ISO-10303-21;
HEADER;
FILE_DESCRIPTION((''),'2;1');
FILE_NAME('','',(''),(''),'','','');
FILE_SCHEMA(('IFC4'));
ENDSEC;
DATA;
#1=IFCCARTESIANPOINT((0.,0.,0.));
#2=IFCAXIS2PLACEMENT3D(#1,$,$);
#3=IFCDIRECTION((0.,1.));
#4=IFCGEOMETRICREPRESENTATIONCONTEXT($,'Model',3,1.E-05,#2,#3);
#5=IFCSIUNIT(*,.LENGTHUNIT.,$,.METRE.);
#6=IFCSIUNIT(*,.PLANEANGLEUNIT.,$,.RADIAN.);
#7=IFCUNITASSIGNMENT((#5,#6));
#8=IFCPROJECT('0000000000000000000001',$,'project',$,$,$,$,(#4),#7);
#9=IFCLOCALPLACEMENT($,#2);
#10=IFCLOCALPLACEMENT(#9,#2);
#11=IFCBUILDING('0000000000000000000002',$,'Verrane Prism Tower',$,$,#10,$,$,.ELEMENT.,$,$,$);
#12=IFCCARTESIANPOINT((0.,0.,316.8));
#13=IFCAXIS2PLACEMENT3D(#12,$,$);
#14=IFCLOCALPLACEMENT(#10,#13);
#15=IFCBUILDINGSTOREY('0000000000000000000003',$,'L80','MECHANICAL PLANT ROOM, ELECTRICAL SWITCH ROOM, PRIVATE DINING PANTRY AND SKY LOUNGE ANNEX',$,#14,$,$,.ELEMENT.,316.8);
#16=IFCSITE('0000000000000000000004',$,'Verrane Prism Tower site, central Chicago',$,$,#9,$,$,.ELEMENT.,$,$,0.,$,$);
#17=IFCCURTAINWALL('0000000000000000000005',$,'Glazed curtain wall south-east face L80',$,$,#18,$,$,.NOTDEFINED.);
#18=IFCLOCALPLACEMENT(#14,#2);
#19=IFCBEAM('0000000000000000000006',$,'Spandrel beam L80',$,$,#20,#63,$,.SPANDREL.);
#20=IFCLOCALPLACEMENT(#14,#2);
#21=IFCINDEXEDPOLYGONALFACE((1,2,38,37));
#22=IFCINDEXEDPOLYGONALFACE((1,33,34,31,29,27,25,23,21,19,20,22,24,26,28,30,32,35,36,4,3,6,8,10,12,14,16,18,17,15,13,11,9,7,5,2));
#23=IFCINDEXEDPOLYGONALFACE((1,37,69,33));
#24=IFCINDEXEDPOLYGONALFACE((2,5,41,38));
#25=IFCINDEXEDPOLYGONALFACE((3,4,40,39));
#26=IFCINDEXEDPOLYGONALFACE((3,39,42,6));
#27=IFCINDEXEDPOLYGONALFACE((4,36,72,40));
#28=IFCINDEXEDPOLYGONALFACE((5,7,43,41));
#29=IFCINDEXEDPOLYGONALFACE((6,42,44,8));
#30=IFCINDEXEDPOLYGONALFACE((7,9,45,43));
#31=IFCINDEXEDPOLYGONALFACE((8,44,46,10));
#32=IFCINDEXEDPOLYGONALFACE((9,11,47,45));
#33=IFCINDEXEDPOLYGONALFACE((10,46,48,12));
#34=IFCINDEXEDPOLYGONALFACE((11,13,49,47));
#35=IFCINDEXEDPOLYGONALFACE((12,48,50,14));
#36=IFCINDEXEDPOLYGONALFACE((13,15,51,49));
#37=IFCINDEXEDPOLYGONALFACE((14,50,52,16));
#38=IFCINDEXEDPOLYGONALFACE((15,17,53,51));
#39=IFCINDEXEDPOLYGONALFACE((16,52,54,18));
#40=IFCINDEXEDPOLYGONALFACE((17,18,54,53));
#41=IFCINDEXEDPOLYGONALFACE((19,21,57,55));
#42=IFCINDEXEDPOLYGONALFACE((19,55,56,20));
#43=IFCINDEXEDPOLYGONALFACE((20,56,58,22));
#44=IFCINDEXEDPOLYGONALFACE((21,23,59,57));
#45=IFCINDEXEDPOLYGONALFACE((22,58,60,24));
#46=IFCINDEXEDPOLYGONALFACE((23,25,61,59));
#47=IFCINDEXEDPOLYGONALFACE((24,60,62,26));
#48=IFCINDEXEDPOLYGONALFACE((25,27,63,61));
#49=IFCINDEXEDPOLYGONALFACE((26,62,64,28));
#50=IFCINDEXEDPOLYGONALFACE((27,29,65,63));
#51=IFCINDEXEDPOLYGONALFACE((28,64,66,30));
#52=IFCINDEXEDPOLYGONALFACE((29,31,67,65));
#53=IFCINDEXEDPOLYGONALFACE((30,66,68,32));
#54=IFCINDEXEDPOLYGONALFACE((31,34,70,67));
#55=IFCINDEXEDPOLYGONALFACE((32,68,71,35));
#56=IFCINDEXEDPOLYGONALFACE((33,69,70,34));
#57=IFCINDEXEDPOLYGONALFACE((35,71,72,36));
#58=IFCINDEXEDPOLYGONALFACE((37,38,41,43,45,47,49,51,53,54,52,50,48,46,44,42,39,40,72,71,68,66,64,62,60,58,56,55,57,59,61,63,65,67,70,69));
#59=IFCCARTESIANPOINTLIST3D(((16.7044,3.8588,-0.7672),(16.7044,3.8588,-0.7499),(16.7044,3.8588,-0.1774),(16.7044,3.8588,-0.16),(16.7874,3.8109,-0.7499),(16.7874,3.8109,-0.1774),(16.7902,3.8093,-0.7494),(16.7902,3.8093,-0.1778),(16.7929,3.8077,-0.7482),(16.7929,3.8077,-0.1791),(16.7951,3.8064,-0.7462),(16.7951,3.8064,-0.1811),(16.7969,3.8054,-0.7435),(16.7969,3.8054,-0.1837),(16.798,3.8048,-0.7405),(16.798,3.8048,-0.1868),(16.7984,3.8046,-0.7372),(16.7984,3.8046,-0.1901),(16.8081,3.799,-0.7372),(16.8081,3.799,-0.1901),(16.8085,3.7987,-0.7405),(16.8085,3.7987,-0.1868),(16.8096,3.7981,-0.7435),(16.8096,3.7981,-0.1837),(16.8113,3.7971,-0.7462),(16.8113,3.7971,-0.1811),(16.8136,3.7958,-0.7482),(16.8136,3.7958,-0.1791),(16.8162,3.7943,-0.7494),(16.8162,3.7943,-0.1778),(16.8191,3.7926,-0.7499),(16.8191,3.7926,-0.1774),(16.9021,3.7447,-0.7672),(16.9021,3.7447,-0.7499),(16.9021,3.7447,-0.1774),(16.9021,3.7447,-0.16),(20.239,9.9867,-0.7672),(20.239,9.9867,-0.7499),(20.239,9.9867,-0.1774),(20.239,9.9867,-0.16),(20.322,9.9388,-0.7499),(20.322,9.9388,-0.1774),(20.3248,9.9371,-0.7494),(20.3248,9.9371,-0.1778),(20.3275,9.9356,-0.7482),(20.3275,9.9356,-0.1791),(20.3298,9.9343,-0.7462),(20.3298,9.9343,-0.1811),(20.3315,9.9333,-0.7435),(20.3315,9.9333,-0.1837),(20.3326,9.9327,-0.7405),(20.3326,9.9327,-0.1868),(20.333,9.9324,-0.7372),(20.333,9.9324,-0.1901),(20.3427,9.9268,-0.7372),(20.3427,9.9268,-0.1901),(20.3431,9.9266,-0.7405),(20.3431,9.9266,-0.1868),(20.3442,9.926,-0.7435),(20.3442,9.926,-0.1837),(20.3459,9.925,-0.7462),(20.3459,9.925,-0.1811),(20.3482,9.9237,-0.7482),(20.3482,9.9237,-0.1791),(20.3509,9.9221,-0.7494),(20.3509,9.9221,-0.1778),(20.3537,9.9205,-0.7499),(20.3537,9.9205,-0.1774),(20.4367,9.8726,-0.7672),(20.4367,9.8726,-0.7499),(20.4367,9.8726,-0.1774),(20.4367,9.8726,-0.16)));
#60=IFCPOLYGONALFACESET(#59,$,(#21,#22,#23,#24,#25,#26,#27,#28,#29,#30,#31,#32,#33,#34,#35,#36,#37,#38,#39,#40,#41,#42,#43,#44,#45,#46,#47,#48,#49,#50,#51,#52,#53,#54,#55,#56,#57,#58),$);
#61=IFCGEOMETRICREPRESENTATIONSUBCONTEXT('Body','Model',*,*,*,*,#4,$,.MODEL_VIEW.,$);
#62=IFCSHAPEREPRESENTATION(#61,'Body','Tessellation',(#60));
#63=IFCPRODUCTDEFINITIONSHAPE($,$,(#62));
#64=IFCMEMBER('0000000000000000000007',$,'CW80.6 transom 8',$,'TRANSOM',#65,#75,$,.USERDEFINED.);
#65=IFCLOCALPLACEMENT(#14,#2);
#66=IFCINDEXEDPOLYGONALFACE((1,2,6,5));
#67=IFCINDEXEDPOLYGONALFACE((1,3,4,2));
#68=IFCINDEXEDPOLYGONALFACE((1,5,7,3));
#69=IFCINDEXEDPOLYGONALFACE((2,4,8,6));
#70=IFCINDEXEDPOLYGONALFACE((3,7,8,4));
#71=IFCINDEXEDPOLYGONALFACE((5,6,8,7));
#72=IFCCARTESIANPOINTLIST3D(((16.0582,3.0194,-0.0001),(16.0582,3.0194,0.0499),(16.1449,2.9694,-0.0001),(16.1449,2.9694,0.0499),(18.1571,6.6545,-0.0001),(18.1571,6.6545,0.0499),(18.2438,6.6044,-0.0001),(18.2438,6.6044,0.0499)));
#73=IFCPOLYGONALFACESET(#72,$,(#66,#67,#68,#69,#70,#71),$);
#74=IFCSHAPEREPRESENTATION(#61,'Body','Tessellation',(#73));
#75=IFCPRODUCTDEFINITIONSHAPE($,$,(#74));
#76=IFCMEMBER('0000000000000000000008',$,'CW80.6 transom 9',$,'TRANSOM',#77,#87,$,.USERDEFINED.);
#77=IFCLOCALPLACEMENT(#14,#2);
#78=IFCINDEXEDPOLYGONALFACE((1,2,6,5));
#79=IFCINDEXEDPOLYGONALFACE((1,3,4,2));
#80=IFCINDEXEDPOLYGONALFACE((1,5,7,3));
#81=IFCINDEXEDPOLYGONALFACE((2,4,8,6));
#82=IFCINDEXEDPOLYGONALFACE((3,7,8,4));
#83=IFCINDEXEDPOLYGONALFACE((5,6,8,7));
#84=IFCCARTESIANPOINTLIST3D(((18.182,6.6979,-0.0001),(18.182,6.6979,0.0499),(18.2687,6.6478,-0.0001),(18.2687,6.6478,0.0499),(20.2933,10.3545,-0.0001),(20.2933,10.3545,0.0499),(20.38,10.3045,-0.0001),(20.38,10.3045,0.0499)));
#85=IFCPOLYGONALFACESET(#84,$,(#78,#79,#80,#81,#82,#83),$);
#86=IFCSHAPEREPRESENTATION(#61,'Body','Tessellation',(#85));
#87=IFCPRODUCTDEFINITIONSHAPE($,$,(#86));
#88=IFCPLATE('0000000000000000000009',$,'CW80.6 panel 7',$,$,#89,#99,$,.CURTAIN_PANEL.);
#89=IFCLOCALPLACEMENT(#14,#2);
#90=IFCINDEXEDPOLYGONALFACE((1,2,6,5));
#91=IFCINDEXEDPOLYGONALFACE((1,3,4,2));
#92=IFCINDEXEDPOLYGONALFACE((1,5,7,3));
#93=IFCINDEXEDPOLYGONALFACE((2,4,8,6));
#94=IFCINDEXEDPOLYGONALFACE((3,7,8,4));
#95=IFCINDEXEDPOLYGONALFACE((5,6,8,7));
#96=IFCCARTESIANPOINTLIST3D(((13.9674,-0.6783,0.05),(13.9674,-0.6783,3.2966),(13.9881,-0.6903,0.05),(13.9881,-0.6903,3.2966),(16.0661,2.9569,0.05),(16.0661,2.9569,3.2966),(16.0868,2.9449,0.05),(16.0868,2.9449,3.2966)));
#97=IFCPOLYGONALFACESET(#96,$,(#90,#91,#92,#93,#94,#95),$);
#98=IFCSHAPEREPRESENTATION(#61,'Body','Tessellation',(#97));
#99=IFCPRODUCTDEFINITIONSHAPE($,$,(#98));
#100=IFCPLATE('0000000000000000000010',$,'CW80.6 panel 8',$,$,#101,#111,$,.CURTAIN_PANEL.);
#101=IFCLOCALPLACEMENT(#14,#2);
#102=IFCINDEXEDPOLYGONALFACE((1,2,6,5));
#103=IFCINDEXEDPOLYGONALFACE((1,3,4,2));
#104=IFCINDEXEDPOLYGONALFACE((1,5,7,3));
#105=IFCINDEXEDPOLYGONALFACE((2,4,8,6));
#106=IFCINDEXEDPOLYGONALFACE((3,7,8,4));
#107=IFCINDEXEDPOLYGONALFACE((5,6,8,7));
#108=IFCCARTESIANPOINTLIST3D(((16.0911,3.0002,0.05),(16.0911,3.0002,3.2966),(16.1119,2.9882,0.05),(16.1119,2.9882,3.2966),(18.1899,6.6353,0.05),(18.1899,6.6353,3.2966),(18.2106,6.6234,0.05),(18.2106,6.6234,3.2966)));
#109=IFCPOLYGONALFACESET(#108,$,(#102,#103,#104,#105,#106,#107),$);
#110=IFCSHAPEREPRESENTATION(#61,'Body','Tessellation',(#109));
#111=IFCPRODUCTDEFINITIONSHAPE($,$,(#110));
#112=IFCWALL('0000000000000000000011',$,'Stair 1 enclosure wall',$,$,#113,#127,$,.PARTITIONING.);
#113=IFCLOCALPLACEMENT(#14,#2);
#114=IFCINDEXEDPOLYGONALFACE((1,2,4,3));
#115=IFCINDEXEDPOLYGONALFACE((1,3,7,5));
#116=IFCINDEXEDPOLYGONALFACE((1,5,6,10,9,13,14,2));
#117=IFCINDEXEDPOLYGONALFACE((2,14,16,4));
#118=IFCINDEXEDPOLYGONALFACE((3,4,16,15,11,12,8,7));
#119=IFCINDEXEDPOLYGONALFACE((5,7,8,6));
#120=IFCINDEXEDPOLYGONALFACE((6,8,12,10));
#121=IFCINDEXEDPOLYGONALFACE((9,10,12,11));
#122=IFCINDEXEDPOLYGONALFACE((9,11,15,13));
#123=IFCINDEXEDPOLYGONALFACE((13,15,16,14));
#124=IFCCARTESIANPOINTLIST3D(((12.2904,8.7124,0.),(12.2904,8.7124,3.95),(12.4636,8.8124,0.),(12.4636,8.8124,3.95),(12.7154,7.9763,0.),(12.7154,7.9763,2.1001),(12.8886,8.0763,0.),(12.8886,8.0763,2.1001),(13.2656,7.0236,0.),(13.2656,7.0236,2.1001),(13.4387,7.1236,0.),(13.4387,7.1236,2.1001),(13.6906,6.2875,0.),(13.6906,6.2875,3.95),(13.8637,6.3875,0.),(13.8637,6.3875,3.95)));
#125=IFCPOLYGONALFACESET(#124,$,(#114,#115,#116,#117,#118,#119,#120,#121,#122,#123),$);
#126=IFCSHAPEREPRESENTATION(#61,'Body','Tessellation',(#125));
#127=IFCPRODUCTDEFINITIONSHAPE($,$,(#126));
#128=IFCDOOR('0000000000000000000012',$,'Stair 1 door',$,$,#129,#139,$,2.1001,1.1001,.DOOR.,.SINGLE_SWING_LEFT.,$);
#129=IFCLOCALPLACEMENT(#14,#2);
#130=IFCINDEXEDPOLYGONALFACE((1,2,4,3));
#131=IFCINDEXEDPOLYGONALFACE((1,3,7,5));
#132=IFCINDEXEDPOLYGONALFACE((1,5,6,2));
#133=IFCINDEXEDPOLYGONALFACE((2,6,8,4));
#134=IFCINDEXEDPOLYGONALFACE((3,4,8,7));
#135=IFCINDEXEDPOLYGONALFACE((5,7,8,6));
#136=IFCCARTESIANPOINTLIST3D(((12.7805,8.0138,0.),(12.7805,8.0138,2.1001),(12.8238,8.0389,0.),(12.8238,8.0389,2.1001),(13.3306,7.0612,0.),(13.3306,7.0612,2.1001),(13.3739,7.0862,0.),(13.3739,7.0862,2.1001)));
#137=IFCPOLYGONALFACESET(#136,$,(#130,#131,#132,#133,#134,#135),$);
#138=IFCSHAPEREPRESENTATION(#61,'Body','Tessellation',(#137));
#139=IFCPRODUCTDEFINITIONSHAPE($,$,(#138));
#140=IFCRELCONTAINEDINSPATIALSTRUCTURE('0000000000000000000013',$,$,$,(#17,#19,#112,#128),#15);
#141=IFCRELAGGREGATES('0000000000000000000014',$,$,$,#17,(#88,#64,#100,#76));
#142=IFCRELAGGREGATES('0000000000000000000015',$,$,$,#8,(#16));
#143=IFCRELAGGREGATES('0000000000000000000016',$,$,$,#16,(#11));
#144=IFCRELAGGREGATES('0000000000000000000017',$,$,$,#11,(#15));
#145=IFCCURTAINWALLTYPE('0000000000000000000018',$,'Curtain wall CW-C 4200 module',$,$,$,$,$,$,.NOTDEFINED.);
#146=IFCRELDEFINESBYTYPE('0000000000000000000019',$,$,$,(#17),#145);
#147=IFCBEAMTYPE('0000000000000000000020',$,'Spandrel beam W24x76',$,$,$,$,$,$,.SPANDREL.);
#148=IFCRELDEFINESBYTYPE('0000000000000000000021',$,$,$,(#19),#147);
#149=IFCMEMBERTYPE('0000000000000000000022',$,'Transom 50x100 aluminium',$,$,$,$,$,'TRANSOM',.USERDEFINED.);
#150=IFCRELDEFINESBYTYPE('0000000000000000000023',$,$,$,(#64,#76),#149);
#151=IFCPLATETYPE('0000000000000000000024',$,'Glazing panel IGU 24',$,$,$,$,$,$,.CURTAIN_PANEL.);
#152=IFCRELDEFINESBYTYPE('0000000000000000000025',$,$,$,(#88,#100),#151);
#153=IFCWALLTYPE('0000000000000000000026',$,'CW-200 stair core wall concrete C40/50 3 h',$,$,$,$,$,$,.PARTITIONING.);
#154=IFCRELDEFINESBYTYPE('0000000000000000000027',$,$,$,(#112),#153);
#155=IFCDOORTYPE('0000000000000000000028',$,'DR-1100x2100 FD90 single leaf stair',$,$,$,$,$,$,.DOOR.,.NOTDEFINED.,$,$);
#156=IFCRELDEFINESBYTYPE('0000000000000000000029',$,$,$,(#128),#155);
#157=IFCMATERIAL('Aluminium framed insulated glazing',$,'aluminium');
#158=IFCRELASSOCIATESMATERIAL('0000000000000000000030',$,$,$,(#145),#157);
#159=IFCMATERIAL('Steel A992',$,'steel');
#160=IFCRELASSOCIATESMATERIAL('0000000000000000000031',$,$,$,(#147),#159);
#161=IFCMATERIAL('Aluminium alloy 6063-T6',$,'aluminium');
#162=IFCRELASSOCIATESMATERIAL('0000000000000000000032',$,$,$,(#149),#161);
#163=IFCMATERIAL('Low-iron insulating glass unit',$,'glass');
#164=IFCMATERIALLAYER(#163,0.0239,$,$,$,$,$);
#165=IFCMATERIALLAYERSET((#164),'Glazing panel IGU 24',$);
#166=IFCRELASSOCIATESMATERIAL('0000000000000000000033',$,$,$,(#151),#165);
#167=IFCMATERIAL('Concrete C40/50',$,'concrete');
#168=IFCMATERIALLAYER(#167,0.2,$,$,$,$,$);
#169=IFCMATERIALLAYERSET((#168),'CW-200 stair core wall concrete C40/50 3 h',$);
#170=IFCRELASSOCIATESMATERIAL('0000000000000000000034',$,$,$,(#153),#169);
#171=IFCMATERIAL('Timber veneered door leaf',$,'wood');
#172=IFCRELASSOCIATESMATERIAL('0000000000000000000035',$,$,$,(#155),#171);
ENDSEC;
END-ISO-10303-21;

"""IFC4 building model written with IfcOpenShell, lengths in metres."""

from ifc_helpers import new_model, si_unit, direction, frame, frame_2d, origin, origin_2d, place, context, subcontext, project, spatial, rectangle, i_section, extrude, material, layer, layer_set, material_profile, profile_set, type_object, element, fill, aggregate, save


model = new_model("IFC4")

# Units and contexts
model_context = context("Model", 3, precision=1e-05, world=origin(), true_north=direction((0.0, 1.0)))
body_context = subcontext(model_context, "Body", "Model", "MODEL_VIEW")
ifc_project = project(units=[si_unit("LENGTHUNIT", "METRE"), si_unit("PLANEANGLEUNIT", "RADIAN")], contexts=[model_context])

# Site, building, storey
site_placement = place(None, origin())
site = spatial("IfcSite", under=ifc_project, at=site_placement, Name="Verrane Prism Tower site, central Chicago", CompositionType="ELEMENT", RefElevation=0.0)
building_placement = place(site_placement, origin())
building = spatial("IfcBuilding", under=site, at=building_placement, Name="Verrane Prism Tower", CompositionType="ELEMENT")
storey_placement = place(building_placement, frame((0.0, 0.0, 316.8)))
storey = spatial("IfcBuildingStorey", under=building, at=storey_placement, Name="L80", Description="MECHANICAL PLANT ROOM, ELECTRICAL SWITCH ROOM, PRIVATE DINING PANTRY AND SKY LOUNGE ANNEX", CompositionType="ELEMENT", Elevation=316.8)

# Curtain wall
ifc_material_1 = material(Name="Aluminium framed insulated glazing", Category="aluminium")
curtain_wall_type = type_object("IfcCurtainWallType", Name="Curtain wall CW-C 4200 module", PredefinedType="NOTDEFINED", material=ifc_material_1)
curtain_wall_placement = place(storey_placement, origin())
curtain_wall = element("IfcCurtainWall", 1, at=curtain_wall_placement, inside=storey, type_object=curtain_wall_type, Name="Glazed curtain wall south-east face L80", PredefinedType="NOTDEFINED")

# Beam
ifc_material_2 = material(Name="Steel A992", Category="steel")
ifc_material_profile_1 = material_profile(ifc_material_2, i_section(OverallWidth=0.2283, OverallDepth=0.6072, WebThickness=0.0112, FlangeThickness=0.0173, FilletRadius=0.0127, at=origin_2d()), Name="W24x76")
ifc_profile_set_1 = profile_set([ifc_material_profile_1], Name="Steel A992")
beam_type_1 = type_object("IfcBeamType", Name="Spandrel beam W24x76", PredefinedType="SPANDREL", material=ifc_profile_set_1)
beam_1_placement = place(storey_placement, frame((16.8032, 3.8018, -0.4636), z_axis=(0.499651, 0.866227, 0.0), x_axis=(-0.866227, 0.499651, 0.0)))
element("IfcBeam", 2, at=beam_1_placement, inside=storey, type_object=beam_type_1, Name="Spandrel beam L80", PredefinedType="SPANDREL", context=body_context, shape_type="SweptSolid", body=[
    extrude(i_section(OverallWidth=0.2283, OverallDepth=0.6072, WebThickness=0.0112, FlangeThickness=0.0173, FilletRadius=0.0127, at=origin_2d()), origin(), (0.0, 0.0, 1.0), 7.0742),
])

# Members
ifc_material_3 = material(Name="Aluminium alloy 6063-T6", Category="aluminium")
ifc_material_profile_2 = material_profile(ifc_material_3, rectangle(XDim=0.1001, YDim=0.05, at=origin_2d()), Name="Transom 50x100 aluminium")
ifc_profile_set_2 = profile_set([ifc_material_profile_2], Name="Aluminium alloy 6063-T6")
member_type_1 = type_object("IfcMemberType", Name="Transom 50x100 aluminium", ElementType="TRANSOM", PredefinedType="USERDEFINED", material=ifc_profile_set_2)
member_1_placement = place(storey_placement, frame((16.1016, 2.9944, 0.0249), z_axis=(0.500036, 0.866004, 0.0), x_axis=(-0.866004, 0.500036, 0.0)))
member_1 = element("IfcMember", 3, at=member_1_placement, type_object=member_type_1, Name="CW80.6 transom 8", ObjectType="TRANSOM", PredefinedType="USERDEFINED", context=body_context, shape_type="SweptSolid", body=[
    extrude(rectangle(XDim=0.1001, YDim=0.05, at=origin_2d()), origin(), (0.0, 0.0, 1.0), 4.1975),
])
member_2_placement = place(storey_placement, frame((18.2253, 6.6729, 0.0249), z_axis=(0.500019, 0.866014, 0.0), x_axis=(-0.866014, 0.500019, 0.0)))
member_2 = element("IfcMember", 4, at=member_2_placement, type_object=member_type_1, Name="CW80.6 transom 9", ObjectType="TRANSOM", PredefinedType="USERDEFINED", context=body_context, shape_type="SweptSolid", body=[
    extrude(rectangle(XDim=0.1001, YDim=0.05, at=origin_2d()), origin(), (0.0, 0.0, 1.0), 4.2224),
])

# Plates
ifc_material_4 = material(Name="Low-iron insulating glass unit", Category="glass")
ifc_layer_1 = layer(ifc_material_4, 0.0239)
ifc_layer_set_1 = layer_set([ifc_layer_1], Name="Glazing panel IGU 24")
plate_type = type_object("IfcPlateType", Name="Glazing panel IGU 24", PredefinedType="CURTAIN_PANEL", material=ifc_layer_set_1)
plate_1_placement = place(storey_placement, frame((15.0271, 1.1333, 0.05), z_axis=(0.0, 0.0, 1.0), x_axis=(0.5, 0.866025, 0.0)))
plate_1 = element("IfcPlate", 5, at=plate_1_placement, type_object=plate_type, Name="CW80.6 panel 7", PredefinedType="CURTAIN_PANEL", context=body_context, shape_type="SweptSolid", body=[
    extrude(rectangle(XDim=4.1975, YDim=0.0239, at=origin_2d()), origin(), (0.0, 0.0, 1.0), 3.2466),
])
plate_2_placement = place(storey_placement, frame((17.1509, 4.8118, 0.05), z_axis=(0.0, 0.0, 1.0), x_axis=(0.5, 0.866025, 0.0)))
plate_2 = element("IfcPlate", 6, at=plate_2_placement, type_object=plate_type, Name="CW80.6 panel 8", PredefinedType="CURTAIN_PANEL", context=body_context, shape_type="SweptSolid", body=[
    extrude(rectangle(XDim=4.1975, YDim=0.0239, at=origin_2d()), origin(), (0.0, 0.0, 1.0), 3.2466),
])
aggregate(curtain_wall, [plate_1, member_1, plate_2, member_2])

# Wall, opening, door
ifc_material_5 = material(Name="Concrete C40/50", Category="concrete")
ifc_layer_2 = layer(ifc_material_5, 0.2)
ifc_layer_set_2 = layer_set([ifc_layer_2], Name="CW-200 stair core wall concrete C40/50 3 h")
wall_type_1 = type_object("IfcWallType", Name="CW-200 stair core wall concrete C40/50 3 h", PredefinedType="PARTITIONING", material=ifc_layer_set_2)
wall_1_placement = place(storey_placement, frame((13.7771, 6.3376, 0.0), z_axis=(0.0, 0.0, 1.0), x_axis=(-0.50005, 0.865997, 0.0)))
wall_1 = element("IfcWall", 7, at=wall_1_placement, inside=storey, type_object=wall_type_1, Name="Stair 1 enclosure wall", PredefinedType="PARTITIONING", context=body_context, shape_type="SweptSolid", body=[
    extrude(rectangle(XDim=2.8, YDim=0.2, at=frame_2d((1.3999, 0.0))), origin(), (0.0, 0.0, 1.0), 3.95),
])
opening_1_placement = place(wall_1_placement, frame((0.8499, 0.0, 0.0)))
opening_1 = element("IfcOpeningElement", 8, at=opening_1_placement, cuts=wall_1, PredefinedType="OPENING", context=body_context, shape_type="SweptSolid", body=[
    extrude(rectangle(XDim=1.1001, YDim=2.1001, at=frame_2d((0.55, 1.05))), frame((0.0, 0.1099, 0.0), z_axis=(0.0, -1.0, 0.0), x_axis=(1.0, 0.0, 0.0)), (0.0, 0.0, 1.0), 0.22),
])
ifc_material_6 = material(Name="Timber veneered door leaf", Category="wood")
door_type_1 = type_object("IfcDoorType", Name="DR-1100x2100 FD90 single leaf stair", OperationType="NOTDEFINED", PredefinedType="DOOR", material=ifc_material_6)
door_1_placement = place(opening_1_placement, origin())
door_1 = element("IfcDoor", 9, at=door_1_placement, inside=storey, type_object=door_type_1, Name="Stair 1 door", OperationType="SINGLE_SWING_LEFT", OverallHeight=2.1001, OverallWidth=1.1001, PredefinedType="DOOR", context=body_context, shape_type="SweptSolid", body=[
    extrude(rectangle(XDim=1.1001, YDim=2.1001, at=frame_2d((0.55, 1.05))), frame((0.0, 0.0249, 0.0), z_axis=(0.0, -1.0, 0.0), x_axis=(1.0, 0.0, 0.0)), (0.0, 0.0, 1.0), 0.05),
])
fill(opening_1, door_1)

save(model, "model.ifc")
